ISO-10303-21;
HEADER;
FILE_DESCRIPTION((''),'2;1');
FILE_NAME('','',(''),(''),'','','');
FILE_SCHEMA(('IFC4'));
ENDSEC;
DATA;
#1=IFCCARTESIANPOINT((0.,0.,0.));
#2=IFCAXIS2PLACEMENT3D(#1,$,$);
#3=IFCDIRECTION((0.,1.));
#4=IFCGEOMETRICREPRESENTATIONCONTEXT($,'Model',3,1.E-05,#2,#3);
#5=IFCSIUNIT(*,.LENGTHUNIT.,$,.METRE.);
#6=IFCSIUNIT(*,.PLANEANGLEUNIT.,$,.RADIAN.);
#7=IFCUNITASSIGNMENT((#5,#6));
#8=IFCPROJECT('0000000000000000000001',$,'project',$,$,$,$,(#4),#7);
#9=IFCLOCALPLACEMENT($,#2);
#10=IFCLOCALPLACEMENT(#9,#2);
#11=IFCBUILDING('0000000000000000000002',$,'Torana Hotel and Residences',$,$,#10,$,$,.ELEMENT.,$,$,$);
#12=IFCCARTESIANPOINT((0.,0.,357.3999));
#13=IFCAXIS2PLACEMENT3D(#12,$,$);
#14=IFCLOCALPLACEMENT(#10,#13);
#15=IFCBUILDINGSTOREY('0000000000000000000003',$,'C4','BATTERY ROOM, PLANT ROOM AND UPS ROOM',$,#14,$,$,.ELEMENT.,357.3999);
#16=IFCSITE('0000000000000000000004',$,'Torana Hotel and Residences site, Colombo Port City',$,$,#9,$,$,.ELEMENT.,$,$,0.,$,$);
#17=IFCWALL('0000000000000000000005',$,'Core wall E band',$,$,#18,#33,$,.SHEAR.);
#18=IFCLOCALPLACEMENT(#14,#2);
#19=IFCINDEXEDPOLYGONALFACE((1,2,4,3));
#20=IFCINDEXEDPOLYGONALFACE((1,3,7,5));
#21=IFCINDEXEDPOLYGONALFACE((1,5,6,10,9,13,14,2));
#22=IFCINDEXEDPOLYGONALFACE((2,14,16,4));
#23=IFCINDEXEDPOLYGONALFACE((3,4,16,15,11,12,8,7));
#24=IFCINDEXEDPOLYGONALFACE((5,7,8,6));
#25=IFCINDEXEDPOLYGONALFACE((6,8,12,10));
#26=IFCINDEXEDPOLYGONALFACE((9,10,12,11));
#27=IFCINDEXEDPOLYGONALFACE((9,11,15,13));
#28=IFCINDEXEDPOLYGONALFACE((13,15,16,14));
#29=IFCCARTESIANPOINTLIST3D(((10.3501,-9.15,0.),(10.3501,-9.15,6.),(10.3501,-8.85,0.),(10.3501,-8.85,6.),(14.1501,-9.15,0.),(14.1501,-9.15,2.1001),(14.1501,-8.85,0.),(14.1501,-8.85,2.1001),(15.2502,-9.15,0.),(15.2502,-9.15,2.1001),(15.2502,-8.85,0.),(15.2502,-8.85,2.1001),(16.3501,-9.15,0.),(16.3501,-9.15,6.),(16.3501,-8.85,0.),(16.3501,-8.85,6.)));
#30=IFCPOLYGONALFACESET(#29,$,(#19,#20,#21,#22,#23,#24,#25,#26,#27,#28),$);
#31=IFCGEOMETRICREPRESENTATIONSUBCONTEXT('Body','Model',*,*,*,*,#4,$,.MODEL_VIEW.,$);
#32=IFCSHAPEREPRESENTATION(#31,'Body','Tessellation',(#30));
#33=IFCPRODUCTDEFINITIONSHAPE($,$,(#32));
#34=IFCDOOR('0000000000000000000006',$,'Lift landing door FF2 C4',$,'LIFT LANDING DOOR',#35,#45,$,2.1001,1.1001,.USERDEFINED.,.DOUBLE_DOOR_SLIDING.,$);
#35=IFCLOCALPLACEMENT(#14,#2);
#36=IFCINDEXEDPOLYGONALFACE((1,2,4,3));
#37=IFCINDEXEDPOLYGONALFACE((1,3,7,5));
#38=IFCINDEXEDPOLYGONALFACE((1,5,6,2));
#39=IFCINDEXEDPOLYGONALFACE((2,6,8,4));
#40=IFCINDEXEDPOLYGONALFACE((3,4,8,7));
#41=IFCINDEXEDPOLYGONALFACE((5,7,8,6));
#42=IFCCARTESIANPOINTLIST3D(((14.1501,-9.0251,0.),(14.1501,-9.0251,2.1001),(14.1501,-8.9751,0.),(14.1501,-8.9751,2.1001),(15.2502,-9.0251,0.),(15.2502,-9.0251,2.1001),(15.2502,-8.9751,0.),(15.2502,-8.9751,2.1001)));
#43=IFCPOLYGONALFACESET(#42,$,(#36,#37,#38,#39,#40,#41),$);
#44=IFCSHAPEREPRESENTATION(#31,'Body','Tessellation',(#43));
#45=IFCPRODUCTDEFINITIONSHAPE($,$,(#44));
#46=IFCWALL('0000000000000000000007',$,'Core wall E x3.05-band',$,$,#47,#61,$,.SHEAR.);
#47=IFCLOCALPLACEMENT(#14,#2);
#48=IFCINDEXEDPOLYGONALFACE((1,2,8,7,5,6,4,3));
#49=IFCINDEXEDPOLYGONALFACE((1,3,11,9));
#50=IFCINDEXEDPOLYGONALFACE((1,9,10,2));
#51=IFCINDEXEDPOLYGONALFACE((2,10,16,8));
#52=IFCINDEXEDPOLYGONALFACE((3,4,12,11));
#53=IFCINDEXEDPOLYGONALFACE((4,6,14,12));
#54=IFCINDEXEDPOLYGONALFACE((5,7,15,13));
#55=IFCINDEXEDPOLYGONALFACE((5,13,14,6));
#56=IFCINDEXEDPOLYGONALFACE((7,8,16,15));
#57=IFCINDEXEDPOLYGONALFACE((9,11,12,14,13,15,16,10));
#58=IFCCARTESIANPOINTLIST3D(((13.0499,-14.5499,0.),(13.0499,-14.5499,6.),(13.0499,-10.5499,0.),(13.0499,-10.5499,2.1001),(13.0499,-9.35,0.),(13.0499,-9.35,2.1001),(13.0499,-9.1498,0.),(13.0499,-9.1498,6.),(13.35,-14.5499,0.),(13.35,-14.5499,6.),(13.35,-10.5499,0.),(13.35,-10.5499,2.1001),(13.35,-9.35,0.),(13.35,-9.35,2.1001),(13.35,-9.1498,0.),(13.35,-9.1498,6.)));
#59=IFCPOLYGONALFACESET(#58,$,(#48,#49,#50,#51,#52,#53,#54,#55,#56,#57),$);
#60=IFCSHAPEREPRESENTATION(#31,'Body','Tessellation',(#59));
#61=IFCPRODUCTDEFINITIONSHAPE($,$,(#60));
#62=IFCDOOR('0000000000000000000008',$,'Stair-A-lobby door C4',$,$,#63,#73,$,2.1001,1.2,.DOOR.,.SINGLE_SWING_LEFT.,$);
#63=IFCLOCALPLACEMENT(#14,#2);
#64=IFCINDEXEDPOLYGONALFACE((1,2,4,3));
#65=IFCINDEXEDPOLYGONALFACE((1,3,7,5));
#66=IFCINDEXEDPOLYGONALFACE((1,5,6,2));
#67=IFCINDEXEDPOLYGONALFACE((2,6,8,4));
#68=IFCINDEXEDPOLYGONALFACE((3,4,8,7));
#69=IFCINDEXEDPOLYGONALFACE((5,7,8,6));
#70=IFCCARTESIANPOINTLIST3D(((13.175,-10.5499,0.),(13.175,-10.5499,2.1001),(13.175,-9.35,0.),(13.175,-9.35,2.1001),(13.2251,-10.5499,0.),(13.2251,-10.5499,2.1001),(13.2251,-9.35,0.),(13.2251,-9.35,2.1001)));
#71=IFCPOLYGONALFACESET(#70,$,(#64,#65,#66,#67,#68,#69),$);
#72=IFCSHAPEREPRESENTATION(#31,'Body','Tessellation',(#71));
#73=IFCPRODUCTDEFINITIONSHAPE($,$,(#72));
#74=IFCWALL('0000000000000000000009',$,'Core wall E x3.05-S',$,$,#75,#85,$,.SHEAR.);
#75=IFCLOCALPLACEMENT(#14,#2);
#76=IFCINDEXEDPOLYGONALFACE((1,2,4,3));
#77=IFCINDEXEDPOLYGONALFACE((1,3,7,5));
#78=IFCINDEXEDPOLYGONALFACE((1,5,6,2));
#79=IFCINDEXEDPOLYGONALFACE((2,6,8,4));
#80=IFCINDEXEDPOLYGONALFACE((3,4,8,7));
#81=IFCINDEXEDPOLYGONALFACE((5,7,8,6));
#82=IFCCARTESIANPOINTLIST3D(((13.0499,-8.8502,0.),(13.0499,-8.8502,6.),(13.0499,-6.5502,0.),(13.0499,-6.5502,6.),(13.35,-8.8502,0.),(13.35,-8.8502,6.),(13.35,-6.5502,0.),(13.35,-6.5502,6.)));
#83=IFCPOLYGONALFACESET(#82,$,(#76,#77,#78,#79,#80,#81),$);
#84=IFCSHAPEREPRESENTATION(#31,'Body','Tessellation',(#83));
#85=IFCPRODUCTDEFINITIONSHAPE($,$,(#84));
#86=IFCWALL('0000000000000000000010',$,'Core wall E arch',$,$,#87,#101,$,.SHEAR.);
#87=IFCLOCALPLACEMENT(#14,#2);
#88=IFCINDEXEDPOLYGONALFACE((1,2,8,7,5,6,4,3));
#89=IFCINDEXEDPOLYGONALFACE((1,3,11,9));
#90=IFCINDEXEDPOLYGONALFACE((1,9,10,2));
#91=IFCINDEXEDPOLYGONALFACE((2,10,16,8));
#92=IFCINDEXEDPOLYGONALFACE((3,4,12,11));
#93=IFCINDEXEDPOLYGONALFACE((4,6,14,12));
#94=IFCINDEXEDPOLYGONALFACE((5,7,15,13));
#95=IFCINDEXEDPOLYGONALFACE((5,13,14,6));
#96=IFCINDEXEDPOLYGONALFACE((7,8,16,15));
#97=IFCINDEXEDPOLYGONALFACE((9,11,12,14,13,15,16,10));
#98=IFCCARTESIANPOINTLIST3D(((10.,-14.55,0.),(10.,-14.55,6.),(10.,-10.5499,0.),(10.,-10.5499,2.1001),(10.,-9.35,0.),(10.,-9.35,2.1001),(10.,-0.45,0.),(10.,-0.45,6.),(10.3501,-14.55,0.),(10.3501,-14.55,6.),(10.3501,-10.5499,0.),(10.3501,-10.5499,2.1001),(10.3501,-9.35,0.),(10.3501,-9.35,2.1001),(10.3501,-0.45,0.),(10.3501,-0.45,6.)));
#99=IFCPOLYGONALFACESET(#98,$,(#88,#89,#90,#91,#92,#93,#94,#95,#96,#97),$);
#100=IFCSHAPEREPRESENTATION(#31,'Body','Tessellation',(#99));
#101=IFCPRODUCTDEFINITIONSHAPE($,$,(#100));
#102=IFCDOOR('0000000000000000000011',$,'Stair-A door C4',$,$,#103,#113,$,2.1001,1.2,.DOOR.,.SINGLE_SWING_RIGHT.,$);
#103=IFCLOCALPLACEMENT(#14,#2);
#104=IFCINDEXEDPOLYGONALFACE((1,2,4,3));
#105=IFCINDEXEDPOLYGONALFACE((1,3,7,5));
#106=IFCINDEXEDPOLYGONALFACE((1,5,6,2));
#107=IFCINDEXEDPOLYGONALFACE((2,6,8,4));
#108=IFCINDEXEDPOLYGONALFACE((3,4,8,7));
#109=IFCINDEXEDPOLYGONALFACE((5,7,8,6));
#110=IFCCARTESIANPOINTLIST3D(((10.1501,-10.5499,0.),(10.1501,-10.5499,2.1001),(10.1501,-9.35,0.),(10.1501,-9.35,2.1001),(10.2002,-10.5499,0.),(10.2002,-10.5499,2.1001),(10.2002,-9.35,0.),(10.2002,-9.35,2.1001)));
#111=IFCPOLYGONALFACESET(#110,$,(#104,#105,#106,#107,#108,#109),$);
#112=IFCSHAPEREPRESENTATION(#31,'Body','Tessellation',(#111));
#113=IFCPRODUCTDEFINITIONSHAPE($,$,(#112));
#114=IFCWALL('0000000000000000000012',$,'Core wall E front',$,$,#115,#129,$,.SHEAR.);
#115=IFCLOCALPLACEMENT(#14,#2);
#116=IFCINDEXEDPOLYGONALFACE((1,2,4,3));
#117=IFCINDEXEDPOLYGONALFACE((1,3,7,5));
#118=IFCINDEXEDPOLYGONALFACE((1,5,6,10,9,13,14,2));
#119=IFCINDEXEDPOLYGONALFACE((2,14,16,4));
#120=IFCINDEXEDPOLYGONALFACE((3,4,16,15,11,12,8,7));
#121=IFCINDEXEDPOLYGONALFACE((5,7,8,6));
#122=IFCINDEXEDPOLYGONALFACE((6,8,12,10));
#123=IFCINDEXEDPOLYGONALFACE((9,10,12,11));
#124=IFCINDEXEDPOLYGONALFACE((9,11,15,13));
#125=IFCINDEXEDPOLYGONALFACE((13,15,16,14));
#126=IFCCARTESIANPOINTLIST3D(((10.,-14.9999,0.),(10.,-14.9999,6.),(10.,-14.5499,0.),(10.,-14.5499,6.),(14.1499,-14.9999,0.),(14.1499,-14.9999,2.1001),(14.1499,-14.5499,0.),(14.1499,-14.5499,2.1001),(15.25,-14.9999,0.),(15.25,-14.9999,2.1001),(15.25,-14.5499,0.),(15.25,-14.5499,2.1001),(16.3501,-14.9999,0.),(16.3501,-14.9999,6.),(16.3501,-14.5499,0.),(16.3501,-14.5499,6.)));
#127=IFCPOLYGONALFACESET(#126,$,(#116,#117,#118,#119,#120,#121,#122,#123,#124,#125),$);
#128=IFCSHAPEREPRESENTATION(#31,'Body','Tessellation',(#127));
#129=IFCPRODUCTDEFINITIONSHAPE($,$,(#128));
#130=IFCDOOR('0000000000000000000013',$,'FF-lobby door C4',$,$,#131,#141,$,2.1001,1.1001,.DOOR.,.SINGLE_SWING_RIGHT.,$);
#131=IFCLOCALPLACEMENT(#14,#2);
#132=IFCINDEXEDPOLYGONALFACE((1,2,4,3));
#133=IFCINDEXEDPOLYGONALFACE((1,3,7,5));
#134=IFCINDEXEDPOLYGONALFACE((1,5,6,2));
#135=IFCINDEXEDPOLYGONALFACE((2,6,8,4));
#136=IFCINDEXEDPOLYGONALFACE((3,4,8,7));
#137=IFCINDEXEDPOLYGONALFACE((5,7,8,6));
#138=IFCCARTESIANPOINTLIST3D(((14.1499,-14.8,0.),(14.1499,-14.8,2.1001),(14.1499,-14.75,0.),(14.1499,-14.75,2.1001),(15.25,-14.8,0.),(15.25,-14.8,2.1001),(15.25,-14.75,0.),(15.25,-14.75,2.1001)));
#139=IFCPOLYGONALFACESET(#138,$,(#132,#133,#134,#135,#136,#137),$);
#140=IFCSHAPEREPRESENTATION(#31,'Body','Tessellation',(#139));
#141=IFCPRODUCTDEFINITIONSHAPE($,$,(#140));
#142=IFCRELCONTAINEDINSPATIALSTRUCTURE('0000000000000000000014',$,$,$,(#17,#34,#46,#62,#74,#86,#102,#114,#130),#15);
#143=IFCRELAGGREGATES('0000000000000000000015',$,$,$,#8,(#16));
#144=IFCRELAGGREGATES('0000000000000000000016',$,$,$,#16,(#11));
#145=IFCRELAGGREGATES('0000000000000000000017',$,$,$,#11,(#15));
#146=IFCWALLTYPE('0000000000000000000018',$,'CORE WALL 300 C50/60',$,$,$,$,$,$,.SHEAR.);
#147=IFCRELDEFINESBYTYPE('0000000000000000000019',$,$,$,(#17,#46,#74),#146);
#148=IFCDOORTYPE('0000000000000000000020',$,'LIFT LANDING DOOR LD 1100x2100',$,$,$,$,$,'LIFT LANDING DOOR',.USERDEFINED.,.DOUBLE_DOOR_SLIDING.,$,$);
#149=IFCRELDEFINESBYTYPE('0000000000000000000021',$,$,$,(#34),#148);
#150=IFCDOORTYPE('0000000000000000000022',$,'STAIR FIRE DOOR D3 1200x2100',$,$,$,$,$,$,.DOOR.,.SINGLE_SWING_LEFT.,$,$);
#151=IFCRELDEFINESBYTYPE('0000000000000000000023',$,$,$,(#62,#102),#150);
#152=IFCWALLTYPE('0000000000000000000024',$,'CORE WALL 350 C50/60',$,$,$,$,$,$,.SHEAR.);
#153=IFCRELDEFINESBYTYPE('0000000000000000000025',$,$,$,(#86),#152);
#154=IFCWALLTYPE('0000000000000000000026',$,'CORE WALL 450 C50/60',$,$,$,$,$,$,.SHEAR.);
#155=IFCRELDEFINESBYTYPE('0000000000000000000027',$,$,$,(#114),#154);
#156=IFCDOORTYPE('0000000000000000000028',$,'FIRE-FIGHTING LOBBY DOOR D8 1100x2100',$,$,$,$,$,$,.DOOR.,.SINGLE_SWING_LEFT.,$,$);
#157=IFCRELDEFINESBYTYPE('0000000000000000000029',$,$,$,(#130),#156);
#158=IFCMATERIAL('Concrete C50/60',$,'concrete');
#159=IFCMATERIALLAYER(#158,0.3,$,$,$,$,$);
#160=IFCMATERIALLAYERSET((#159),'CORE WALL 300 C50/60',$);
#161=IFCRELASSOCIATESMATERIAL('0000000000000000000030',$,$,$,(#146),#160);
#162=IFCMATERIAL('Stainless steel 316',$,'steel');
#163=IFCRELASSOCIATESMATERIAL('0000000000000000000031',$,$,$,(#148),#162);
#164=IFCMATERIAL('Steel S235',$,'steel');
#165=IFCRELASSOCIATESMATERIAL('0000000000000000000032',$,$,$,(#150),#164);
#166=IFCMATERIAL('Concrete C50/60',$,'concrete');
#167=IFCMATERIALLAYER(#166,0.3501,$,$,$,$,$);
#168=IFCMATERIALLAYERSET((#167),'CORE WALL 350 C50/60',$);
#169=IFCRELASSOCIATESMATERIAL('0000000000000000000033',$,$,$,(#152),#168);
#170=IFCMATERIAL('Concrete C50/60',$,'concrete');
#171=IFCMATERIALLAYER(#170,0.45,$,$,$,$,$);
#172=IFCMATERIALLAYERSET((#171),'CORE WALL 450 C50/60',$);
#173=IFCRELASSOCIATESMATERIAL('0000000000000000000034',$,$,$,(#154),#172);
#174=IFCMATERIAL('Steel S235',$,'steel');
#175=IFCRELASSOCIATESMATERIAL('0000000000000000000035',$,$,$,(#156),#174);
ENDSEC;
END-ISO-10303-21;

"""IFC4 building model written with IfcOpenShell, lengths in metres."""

from ifc_helpers import new_model, si_unit, direction, frame, frame_2d, origin, place, context, subcontext, project, spatial, rectangle, extrude, material, layer, layer_set, type_object, element, fill, save


model = new_model("IFC4")

# Units and contexts
model_context = context("Model", 3, precision=1e-05, world=origin(), true_north=direction((0.0, 1.0)))
body_context = subcontext(model_context, "Body", "Model", "MODEL_VIEW")
ifc_project = project(units=[si_unit("LENGTHUNIT", "METRE"), si_unit("PLANEANGLEUNIT", "RADIAN")], contexts=[model_context])

# Site, building, storey
site_placement = place(None, origin())
site = spatial("IfcSite", under=ifc_project, at=site_placement, Name="Torana Hotel and Residences site, Colombo Port City", CompositionType="ELEMENT", RefElevation=0.0)
building_placement = place(site_placement, origin())
building = spatial("IfcBuilding", under=site, at=building_placement, Name="Torana Hotel and Residences", CompositionType="ELEMENT")
storey_placement = place(building_placement, frame((0.0, 0.0, 357.3999)))
storey = spatial("IfcBuildingStorey", under=building, at=storey_placement, Name="C4", Description="BATTERY ROOM, PLANT ROOM AND UPS ROOM", CompositionType="ELEMENT", Elevation=357.3999)

# Walls, openings, doors
ifc_material_1 = material(Name="Concrete C50/60", Category="concrete")
ifc_layer_1 = layer(ifc_material_1, 0.3)
ifc_layer_set_1 = layer_set([ifc_layer_1], Name="CORE WALL 300 C50/60")
wall_type_1 = type_object("IfcWallType", Name="CORE WALL 300 C50/60", PredefinedType="SHEAR", material=ifc_layer_set_1)
wall_1_placement = place(storey_placement, frame((10.3501, -9.0, 0.0), z_axis=(0.0, 0.0, 1.0), x_axis=(1.0, 0.0, 0.0)))
wall_1 = element("IfcWall", 1, at=wall_1_placement, inside=storey, type_object=wall_type_1, Name="Core wall E band", PredefinedType="SHEAR", context=body_context, shape_type="SweptSolid", body=[
    extrude(rectangle(XDim=6.0, YDim=0.3, at=frame_2d((3.0, 0.0))), origin(), (0.0, 0.0, 1.0), 6.0),
])
opening_1_placement = place(wall_1_placement, frame((3.8, 0.0, 0.0)))
opening_1 = element("IfcOpeningElement", 2, at=opening_1_placement, cuts=wall_1, PredefinedType="OPENING", context=body_context, shape_type="SweptSolid", body=[
    extrude(rectangle(XDim=1.1001, YDim=2.1001, at=frame_2d((0.55, 1.05))), frame((0.0, 0.1599, 0.0), z_axis=(0.0, -1.0, 0.0), x_axis=(1.0, 0.0, 0.0)), (0.0, 0.0, 1.0), 0.3201),
])
ifc_material_2 = material(Name="Stainless steel 316", Category="steel")
door_type_1 = type_object("IfcDoorType", Name="LIFT LANDING DOOR LD 1100x2100", ElementType="LIFT LANDING DOOR", OperationType="DOUBLE_DOOR_SLIDING", PredefinedType="USERDEFINED", material=ifc_material_2)
door_1_placement = place(opening_1_placement, origin())
door_1 = element("IfcDoor", 3, at=door_1_placement, inside=storey, type_object=door_type_1, Name="Lift landing door FF2 C4", ObjectType="LIFT LANDING DOOR", OperationType="DOUBLE_DOOR_SLIDING", OverallHeight=2.1001, OverallWidth=1.1001, PredefinedType="USERDEFINED", context=body_context, shape_type="SweptSolid", body=[
    extrude(rectangle(XDim=1.1001, YDim=2.1001, at=frame_2d((0.55, 1.05))), frame((0.0, 0.0249, 0.0), z_axis=(0.0, -1.0, 0.0), x_axis=(1.0, 0.0, 0.0)), (0.0, 0.0, 1.0), 0.05),
])
fill(opening_1, door_1)
wall_2_placement = place(storey_placement, frame((13.2, -14.55, 0.0), z_axis=(0.0, 0.0, 1.0), x_axis=(0.0, 1.0, 0.0)))
wall_2 = element("IfcWall", 4, at=wall_2_placement, inside=storey, type_object=wall_type_1, Name="Core wall E x3.05-band", PredefinedType="SHEAR", context=body_context, shape_type="SweptSolid", body=[
    extrude(rectangle(XDim=5.4001, YDim=0.3, at=frame_2d((2.7002, 0.0))), origin(), (0.0, 0.0, 1.0), 6.0),
])
opening_2_placement = place(wall_2_placement, frame((4.0, 0.0, 0.0)))
opening_2 = element("IfcOpeningElement", 5, at=opening_2_placement, cuts=wall_2, PredefinedType="OPENING", context=body_context, shape_type="SweptSolid", body=[
    extrude(rectangle(XDim=1.2, YDim=2.1001, at=frame_2d((0.6001, 1.05))), frame((0.0, 0.1599, 0.0), z_axis=(0.0, -1.0, 0.0), x_axis=(1.0, 0.0, 0.0)), (0.0, 0.0, 1.0), 0.3201),
])
ifc_material_3 = material(Name="Steel S235", Category="steel")
door_type_2 = type_object("IfcDoorType", Name="STAIR FIRE DOOR D3 1200x2100", OperationType="SINGLE_SWING_LEFT", PredefinedType="DOOR", material=ifc_material_3)
door_2_placement = place(opening_2_placement, origin())
door_2 = element("IfcDoor", 6, at=door_2_placement, inside=storey, type_object=door_type_2, Name="Stair-A-lobby door C4", OperationType="SINGLE_SWING_LEFT", OverallHeight=2.1001, OverallWidth=1.2, PredefinedType="DOOR", context=body_context, shape_type="SweptSolid", body=[
    extrude(rectangle(XDim=1.2, YDim=2.1001, at=frame_2d((0.6001, 1.05))), frame((0.0, 0.0249, 0.0), z_axis=(0.0, -1.0, 0.0), x_axis=(1.0, 0.0, 0.0)), (0.0, 0.0, 1.0), 0.05),
])
fill(opening_2, door_2)

# Wall
wall_3_placement = place(storey_placement, frame((13.2, -8.8501, 0.0), z_axis=(0.0, 0.0, 1.0), x_axis=(0.0, 1.0, 0.0)))
element("IfcWall", 7, at=wall_3_placement, inside=storey, type_object=wall_type_1, Name="Core wall E x3.05-S", PredefinedType="SHEAR", context=body_context, shape_type="SweptSolid", body=[
    extrude(rectangle(XDim=2.3, YDim=0.3, at=frame_2d((1.1499, 0.0))), origin(), (0.0, 0.0, 1.0), 6.0),
])

# Walls, openings, doors
ifc_material_4 = material(Name="Concrete C50/60", Category="concrete")
ifc_layer_2 = layer(ifc_material_4, 0.3501)
ifc_layer_set_2 = layer_set([ifc_layer_2], Name="CORE WALL 350 C50/60")
wall_type_2 = type_object("IfcWallType", Name="CORE WALL 350 C50/60", PredefinedType="SHEAR", material=ifc_layer_set_2)
wall_4_placement = place(storey_placement, frame((10.175, -14.55, 0.0), z_axis=(0.0, 0.0, 1.0), x_axis=(0.0, 1.0, 0.0)))
wall_4 = element("IfcWall", 8, at=wall_4_placement, inside=storey, type_object=wall_type_2, Name="Core wall E arch", PredefinedType="SHEAR", context=body_context, shape_type="SweptSolid", body=[
    extrude(rectangle(XDim=14.1001, YDim=0.3501, at=frame_2d((7.05, 0.0))), origin(), (0.0, 0.0, 1.0), 6.0),
])
opening_3_placement = place(wall_4_placement, frame((4.0, 0.0, 0.0)))
opening_3 = element("IfcOpeningElement", 9, at=opening_3_placement, cuts=wall_4, PredefinedType="OPENING", context=body_context, shape_type="SweptSolid", body=[
    extrude(rectangle(XDim=1.2, YDim=2.1001, at=frame_2d((0.6001, 1.05))), frame((0.0, 0.1851, 0.0), z_axis=(0.0, -1.0, 0.0), x_axis=(1.0, 0.0, 0.0)), (0.0, 0.0, 1.0), 0.3701),
])
door_3_placement = place(opening_3_placement, frame((0.6001, 0.0, 0.0), z_axis=(0.0, 0.0, 1.0), x_axis=(-1.0, 0.0, 0.0)))
door_3 = element("IfcDoor", 10, at=door_3_placement, inside=storey, type_object=door_type_2, Name="Stair-A door C4", OperationType="SINGLE_SWING_RIGHT", OverallHeight=2.1001, OverallWidth=1.2, PredefinedType="DOOR", context=body_context, shape_type="SweptSolid", body=[
    extrude(rectangle(XDim=1.2, YDim=2.1001, at=frame_2d((0.0, 1.05))), frame((0.0, -0.0249, 0.0), z_axis=(0.0, 1.0, 0.0), x_axis=(-1.0, 0.0, 0.0)), (0.0, 0.0, 1.0), 0.05),
])
fill(opening_3, door_3)
ifc_material_5 = material(Name="Concrete C50/60", Category="concrete")
ifc_layer_3 = layer(ifc_material_5, 0.45)
ifc_layer_set_3 = layer_set([ifc_layer_3], Name="CORE WALL 450 C50/60")
wall_type_3 = type_object("IfcWallType", Name="CORE WALL 450 C50/60", PredefinedType="SHEAR", material=ifc_layer_set_3)
wall_5_placement = place(storey_placement, frame((10.0, -14.7749, 0.0), z_axis=(0.0, 0.0, 1.0), x_axis=(1.0, 0.0, 0.0)))
wall_5 = element("IfcWall", 11, at=wall_5_placement, inside=storey, type_object=wall_type_3, Name="Core wall E front", PredefinedType="SHEAR", context=body_context, shape_type="SweptSolid", body=[
    extrude(rectangle(XDim=6.3501, YDim=0.45, at=frame_2d((3.175, 0.0))), origin(), (0.0, 0.0, 1.0), 6.0),
])
opening_4_placement = place(wall_5_placement, frame((4.1499, 0.0, 0.0)))
opening_4 = element("IfcOpeningElement", 12, at=opening_4_placement, cuts=wall_5, PredefinedType="OPENING", context=body_context, shape_type="SweptSolid", body=[
    extrude(rectangle(XDim=1.1001, YDim=2.1001, at=frame_2d((0.55, 1.05))), frame((0.0, 0.2349, 0.0), z_axis=(0.0, -1.0, 0.0), x_axis=(1.0, 0.0, 0.0)), (0.0, 0.0, 1.0), 0.47),
])
ifc_material_6 = material(Name="Steel S235", Category="steel")
door_type_3 = type_object("IfcDoorType", Name="FIRE-FIGHTING LOBBY DOOR D8 1100x2100", OperationType="SINGLE_SWING_LEFT", PredefinedType="DOOR", material=ifc_material_6)
door_4_placement = place(opening_4_placement, origin())
door_4 = element("IfcDoor", 13, at=door_4_placement, inside=storey, type_object=door_type_3, Name="FF-lobby door C4", OperationType="SINGLE_SWING_RIGHT", OverallHeight=2.1001, OverallWidth=1.1001, PredefinedType="DOOR", context=body_context, shape_type="SweptSolid", body=[
    extrude(rectangle(XDim=1.1001, YDim=2.1001, at=frame_2d((0.55, 1.05))), frame((0.0, 0.0249, 0.0), z_axis=(0.0, -1.0, 0.0), x_axis=(1.0, 0.0, 0.0)), (0.0, 0.0, 1.0), 0.05),
])
fill(opening_4, door_4)

save(model, "model.ifc")
